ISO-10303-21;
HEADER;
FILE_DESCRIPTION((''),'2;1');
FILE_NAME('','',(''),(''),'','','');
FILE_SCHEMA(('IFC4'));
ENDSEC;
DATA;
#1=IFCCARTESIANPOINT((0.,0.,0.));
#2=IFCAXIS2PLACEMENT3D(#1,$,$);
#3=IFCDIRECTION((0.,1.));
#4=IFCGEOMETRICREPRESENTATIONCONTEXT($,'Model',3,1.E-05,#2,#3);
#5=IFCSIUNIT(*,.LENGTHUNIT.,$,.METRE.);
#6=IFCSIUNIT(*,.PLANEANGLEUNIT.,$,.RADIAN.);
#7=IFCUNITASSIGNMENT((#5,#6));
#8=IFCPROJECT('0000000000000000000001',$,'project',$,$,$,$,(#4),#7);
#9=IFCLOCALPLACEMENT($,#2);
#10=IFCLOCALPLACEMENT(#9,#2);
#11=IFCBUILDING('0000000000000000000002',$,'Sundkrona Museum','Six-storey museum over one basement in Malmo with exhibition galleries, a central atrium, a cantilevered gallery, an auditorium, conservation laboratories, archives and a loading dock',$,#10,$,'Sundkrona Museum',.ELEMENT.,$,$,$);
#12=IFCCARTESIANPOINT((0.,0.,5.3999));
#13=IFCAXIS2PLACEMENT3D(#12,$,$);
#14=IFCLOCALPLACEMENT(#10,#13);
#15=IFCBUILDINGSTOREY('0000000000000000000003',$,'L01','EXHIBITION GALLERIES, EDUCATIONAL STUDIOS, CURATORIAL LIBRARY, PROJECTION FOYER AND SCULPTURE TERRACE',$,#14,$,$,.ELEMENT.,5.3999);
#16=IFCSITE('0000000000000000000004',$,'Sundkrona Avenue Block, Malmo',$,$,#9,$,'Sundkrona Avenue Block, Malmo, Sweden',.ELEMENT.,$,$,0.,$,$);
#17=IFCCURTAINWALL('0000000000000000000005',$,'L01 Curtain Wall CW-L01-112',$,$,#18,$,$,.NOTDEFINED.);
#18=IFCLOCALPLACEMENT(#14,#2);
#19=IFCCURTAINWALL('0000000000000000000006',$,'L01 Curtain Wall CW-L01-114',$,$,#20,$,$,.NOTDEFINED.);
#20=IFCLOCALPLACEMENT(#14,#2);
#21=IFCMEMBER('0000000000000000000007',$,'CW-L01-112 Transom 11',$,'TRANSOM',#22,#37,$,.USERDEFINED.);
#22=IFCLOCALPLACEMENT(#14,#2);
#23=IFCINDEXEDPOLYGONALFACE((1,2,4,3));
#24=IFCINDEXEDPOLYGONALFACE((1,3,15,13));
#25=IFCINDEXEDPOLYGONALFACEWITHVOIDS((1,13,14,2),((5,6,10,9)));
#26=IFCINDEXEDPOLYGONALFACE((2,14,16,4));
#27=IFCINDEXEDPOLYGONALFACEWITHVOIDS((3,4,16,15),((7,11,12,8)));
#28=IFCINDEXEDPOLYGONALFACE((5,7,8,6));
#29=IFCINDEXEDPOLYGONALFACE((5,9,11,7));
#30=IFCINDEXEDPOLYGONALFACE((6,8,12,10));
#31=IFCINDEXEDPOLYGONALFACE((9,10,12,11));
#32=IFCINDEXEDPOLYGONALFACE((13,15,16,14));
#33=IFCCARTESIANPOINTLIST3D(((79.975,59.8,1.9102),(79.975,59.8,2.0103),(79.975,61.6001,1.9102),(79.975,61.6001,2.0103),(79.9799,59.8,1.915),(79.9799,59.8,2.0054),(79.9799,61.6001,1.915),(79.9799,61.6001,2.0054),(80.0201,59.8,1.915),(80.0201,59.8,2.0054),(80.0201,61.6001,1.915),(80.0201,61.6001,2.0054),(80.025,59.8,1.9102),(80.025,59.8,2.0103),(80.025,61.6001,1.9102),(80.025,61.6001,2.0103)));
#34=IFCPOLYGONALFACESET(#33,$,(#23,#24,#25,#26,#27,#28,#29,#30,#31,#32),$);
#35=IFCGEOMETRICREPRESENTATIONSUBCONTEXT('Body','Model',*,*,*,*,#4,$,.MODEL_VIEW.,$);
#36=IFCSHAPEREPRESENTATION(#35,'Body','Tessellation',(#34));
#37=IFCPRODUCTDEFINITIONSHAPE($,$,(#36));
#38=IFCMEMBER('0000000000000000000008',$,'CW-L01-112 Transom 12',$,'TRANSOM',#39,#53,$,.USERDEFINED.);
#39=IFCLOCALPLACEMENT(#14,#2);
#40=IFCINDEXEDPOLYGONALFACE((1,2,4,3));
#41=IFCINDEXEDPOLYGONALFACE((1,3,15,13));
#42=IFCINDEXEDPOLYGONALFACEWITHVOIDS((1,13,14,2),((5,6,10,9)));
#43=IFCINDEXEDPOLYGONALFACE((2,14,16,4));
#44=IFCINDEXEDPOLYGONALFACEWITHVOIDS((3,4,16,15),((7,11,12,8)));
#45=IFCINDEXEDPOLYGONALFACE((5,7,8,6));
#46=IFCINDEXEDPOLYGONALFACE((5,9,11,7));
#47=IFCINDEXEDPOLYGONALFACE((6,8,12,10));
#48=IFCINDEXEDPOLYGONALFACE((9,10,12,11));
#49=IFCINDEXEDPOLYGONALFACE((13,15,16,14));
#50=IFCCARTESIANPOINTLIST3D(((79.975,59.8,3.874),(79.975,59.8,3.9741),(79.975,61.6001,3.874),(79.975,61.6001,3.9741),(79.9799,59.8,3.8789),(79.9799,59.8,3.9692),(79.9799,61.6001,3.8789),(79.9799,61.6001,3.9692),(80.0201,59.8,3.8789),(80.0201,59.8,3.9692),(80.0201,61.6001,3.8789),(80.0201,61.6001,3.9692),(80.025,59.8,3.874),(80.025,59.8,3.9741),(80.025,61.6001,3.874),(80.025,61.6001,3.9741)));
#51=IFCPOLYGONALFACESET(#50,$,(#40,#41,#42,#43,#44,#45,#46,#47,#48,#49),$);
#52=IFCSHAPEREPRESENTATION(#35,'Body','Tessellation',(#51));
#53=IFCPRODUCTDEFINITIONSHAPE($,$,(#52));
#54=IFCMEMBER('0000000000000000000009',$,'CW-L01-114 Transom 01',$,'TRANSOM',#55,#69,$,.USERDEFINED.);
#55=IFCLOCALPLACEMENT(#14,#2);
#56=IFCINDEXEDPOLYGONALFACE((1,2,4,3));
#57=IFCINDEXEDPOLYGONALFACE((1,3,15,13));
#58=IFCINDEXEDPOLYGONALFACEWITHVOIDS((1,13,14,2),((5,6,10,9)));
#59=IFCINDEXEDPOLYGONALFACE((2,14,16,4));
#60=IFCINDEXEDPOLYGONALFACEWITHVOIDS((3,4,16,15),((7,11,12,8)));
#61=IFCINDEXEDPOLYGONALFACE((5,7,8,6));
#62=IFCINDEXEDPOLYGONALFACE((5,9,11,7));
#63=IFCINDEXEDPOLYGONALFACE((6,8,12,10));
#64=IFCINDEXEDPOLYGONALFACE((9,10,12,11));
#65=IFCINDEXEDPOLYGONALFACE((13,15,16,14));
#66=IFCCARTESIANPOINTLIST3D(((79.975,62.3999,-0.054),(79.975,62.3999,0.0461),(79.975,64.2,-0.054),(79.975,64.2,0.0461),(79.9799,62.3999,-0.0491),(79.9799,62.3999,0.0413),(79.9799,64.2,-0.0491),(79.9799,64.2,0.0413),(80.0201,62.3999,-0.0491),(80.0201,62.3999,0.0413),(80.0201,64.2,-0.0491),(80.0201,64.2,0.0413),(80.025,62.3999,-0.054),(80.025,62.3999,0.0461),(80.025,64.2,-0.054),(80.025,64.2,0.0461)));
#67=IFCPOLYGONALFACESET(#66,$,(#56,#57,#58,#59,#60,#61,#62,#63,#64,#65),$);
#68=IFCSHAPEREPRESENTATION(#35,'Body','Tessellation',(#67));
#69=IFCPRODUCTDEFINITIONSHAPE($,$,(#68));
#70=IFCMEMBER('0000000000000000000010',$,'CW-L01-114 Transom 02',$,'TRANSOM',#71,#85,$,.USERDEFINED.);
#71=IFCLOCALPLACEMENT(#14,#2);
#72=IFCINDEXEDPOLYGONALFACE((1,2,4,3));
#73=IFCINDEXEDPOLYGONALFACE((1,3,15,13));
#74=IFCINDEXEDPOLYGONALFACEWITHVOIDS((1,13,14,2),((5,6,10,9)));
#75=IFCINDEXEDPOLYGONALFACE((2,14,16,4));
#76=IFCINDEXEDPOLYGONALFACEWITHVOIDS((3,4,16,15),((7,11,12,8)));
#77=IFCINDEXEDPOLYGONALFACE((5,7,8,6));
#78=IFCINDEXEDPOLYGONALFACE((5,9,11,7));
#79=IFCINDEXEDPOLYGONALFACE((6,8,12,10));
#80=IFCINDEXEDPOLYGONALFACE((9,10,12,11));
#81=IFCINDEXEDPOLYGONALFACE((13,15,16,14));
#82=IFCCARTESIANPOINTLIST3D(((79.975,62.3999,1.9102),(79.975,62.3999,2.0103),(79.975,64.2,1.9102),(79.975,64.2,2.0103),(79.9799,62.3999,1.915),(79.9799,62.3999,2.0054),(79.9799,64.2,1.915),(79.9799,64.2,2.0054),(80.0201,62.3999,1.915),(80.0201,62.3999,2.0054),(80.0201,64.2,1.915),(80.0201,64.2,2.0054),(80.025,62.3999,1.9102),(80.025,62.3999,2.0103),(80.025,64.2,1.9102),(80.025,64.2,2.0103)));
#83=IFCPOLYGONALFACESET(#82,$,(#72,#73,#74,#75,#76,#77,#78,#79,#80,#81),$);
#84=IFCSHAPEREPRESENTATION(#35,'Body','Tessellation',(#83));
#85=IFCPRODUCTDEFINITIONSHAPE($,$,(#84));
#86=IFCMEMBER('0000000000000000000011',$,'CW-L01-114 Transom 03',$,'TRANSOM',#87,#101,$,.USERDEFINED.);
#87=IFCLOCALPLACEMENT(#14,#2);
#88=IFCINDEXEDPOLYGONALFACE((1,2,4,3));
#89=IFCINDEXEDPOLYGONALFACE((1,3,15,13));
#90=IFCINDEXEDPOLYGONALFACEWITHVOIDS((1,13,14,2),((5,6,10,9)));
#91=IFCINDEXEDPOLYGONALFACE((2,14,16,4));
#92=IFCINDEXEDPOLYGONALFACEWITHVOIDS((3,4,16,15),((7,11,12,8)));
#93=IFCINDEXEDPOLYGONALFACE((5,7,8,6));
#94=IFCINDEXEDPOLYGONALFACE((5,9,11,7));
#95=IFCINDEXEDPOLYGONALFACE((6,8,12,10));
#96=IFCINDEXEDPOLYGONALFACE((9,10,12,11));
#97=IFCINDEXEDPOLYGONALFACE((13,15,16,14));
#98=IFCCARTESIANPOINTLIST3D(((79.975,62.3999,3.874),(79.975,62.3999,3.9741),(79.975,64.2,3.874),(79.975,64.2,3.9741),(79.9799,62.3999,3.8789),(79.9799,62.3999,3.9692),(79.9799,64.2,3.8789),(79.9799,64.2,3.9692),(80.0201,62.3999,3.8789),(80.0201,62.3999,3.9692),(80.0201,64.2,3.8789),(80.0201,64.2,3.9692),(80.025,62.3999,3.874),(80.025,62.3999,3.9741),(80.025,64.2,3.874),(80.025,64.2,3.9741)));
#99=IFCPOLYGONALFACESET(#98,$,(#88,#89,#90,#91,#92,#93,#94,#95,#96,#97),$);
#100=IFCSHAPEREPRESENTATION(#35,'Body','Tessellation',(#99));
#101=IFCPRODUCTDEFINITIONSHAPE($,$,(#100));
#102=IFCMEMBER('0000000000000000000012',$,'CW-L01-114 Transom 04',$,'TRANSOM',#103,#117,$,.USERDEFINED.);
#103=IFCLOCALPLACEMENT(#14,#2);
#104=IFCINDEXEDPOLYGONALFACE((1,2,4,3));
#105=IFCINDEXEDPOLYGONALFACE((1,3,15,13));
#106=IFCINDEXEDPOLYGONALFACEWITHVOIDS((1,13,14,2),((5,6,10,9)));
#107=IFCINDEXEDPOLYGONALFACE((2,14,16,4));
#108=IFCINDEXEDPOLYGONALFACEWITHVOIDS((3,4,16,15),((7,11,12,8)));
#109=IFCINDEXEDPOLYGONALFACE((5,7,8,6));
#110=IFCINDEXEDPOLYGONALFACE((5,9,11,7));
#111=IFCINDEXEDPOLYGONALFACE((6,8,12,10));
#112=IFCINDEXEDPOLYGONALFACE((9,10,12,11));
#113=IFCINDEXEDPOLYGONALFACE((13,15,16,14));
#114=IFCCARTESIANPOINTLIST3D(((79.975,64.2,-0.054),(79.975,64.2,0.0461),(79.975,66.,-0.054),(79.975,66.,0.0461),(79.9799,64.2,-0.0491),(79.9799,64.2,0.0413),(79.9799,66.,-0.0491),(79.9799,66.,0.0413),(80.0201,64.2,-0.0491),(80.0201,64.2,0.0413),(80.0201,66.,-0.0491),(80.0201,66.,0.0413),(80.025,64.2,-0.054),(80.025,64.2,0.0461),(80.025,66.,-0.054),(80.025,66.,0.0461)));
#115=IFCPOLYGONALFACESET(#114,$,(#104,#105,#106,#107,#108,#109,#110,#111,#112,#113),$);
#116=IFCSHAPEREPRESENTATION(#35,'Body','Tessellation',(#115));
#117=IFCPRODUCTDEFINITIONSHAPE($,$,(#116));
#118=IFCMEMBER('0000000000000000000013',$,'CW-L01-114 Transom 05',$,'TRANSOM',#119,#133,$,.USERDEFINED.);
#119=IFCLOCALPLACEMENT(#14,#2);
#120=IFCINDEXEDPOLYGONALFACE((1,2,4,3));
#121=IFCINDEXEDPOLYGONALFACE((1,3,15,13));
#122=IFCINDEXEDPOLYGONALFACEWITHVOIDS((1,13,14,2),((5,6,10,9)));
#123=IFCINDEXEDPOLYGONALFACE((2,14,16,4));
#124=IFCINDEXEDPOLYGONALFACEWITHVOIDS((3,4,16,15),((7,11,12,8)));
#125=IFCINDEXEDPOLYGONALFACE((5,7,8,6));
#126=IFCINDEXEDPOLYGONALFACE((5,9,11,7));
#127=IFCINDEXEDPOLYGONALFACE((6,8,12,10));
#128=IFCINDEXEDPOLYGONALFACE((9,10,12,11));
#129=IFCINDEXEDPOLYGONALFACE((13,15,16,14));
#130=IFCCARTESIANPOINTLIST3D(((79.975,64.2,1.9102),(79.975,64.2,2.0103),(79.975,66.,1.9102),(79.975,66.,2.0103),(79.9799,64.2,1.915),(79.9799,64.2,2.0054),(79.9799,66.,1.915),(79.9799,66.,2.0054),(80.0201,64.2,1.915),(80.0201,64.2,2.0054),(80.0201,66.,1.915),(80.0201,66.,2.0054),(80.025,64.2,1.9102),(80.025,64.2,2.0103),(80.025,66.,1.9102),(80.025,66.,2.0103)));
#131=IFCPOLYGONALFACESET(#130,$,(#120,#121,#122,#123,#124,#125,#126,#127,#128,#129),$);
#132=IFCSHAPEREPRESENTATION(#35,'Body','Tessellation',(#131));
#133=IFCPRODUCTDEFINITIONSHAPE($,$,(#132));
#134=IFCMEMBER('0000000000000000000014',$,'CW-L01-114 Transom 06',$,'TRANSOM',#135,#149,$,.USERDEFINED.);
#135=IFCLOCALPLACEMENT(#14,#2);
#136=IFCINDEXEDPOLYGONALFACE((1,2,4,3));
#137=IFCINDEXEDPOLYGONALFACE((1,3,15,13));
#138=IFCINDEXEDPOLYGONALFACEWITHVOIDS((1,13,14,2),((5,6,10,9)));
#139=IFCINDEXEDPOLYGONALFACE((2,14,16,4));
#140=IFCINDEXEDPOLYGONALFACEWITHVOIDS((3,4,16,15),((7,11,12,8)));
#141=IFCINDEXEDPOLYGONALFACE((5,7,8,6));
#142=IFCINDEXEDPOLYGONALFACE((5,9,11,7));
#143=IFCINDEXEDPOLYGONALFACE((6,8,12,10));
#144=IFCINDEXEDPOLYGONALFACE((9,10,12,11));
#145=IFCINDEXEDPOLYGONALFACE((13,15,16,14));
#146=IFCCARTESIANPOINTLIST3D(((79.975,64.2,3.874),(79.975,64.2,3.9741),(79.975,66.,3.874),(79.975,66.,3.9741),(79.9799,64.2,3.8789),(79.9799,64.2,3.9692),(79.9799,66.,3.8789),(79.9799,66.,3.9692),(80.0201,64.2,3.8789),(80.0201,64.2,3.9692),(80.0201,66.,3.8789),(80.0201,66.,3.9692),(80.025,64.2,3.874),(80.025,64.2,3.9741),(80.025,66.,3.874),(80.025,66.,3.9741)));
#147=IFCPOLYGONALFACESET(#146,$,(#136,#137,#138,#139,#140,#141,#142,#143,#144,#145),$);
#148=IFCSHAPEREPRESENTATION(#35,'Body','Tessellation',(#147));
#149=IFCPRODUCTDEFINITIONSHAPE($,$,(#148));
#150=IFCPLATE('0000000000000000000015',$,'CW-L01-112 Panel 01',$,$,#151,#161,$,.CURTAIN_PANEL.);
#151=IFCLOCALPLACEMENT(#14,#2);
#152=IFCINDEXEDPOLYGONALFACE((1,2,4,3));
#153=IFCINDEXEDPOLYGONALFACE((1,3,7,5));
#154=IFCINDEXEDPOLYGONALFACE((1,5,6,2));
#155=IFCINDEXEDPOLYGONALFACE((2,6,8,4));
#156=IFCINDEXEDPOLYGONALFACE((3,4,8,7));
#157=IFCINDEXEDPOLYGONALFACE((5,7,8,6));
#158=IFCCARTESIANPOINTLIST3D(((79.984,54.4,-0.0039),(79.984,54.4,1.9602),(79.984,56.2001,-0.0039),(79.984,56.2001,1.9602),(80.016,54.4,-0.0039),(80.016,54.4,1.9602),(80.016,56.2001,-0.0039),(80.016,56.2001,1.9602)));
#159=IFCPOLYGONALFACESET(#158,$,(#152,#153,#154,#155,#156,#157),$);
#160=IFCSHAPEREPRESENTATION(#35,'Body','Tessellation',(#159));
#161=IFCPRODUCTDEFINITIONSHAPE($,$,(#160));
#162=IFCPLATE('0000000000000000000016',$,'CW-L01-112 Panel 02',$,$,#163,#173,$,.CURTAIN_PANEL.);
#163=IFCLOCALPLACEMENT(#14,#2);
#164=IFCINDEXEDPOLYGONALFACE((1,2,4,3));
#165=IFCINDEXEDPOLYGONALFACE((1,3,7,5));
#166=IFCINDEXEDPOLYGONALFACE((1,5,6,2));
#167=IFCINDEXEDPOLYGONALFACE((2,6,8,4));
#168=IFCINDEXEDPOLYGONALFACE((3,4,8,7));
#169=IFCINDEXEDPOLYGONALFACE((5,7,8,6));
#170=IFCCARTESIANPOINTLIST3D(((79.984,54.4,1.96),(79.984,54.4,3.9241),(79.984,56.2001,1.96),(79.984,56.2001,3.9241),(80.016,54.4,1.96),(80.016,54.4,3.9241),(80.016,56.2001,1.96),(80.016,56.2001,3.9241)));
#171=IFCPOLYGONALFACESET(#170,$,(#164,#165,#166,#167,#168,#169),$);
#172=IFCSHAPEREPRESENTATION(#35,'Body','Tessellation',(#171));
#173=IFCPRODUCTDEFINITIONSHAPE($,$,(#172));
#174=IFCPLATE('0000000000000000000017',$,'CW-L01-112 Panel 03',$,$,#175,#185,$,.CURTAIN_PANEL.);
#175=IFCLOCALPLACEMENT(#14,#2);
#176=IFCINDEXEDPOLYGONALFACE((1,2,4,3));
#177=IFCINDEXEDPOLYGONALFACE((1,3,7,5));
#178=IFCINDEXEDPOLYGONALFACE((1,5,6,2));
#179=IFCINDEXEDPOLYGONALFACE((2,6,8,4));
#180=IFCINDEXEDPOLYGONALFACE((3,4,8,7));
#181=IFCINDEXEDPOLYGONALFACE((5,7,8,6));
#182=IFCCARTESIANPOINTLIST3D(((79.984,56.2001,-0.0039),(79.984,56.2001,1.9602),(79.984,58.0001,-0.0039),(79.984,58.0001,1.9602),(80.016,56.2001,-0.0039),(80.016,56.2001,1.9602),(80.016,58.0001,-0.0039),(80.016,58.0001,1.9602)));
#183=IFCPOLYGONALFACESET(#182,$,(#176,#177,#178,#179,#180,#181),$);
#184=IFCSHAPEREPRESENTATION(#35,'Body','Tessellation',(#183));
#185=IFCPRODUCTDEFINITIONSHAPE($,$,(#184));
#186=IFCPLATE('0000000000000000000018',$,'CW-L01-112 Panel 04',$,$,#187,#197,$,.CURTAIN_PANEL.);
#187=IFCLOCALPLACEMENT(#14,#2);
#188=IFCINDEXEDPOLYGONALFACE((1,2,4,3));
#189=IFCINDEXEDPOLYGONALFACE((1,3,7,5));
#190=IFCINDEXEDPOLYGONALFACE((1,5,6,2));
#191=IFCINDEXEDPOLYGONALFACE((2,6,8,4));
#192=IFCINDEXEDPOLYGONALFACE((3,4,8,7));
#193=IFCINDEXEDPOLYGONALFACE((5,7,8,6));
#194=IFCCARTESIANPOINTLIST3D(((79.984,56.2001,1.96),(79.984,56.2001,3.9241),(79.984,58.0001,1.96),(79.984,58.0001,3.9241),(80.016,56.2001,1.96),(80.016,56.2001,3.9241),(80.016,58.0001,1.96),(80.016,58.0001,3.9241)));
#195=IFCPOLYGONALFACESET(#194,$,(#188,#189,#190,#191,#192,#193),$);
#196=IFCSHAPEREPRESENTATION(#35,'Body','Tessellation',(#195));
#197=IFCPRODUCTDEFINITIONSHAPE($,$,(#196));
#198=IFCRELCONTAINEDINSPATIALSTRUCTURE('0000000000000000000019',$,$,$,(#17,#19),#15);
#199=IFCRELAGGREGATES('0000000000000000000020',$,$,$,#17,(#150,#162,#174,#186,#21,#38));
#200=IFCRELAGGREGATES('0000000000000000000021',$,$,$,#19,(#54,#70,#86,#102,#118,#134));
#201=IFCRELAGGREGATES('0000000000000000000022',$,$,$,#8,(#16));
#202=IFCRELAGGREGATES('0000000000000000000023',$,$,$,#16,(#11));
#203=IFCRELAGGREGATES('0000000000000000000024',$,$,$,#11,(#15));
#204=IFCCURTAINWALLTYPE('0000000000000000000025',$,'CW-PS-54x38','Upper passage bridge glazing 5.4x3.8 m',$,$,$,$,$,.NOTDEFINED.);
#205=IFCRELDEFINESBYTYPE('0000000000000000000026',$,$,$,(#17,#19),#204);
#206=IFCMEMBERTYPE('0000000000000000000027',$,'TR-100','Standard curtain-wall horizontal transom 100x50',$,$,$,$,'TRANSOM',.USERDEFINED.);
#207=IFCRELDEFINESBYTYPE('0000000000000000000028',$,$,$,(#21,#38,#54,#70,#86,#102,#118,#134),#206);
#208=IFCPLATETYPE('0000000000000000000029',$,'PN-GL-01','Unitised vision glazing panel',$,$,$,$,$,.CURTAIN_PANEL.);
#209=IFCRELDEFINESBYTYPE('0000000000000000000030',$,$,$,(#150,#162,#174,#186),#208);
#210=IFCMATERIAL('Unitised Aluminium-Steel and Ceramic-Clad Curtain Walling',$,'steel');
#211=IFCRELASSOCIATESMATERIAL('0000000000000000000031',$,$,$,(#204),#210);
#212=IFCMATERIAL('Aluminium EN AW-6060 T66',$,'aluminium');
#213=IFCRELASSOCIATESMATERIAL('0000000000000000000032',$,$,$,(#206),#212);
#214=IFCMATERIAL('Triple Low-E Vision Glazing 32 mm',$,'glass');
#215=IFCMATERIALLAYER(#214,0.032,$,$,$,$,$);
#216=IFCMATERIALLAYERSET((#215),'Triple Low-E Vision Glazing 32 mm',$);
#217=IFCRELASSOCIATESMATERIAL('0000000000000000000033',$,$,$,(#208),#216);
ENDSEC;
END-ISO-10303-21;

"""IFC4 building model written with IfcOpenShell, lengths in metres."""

from ifc_helpers import new_model, si_unit, direction, frame, origin, origin_2d, place, context, subcontext, project, spatial, rectangle, hollow_rectangle, extrude, material, layer, layer_set, material_profile, profile_set, type_object, element, aggregate, save


model = new_model("IFC4")

# Units and contexts
model_context = context("Model", 3, precision=1e-05, world=origin(), true_north=direction((0.0, 1.0)))
body_context = subcontext(model_context, "Body", "Model", "MODEL_VIEW")
ifc_project = project(units=[si_unit("LENGTHUNIT", "METRE"), si_unit("PLANEANGLEUNIT", "RADIAN")], contexts=[model_context])

# Site, building, storey
site_placement = place(None, origin())
site = spatial("IfcSite", under=ifc_project, at=site_placement, Name="Sundkrona Avenue Block, Malmo", LongName="Sundkrona Avenue Block, Malmo, Sweden", CompositionType="ELEMENT", RefElevation=0.0)
building_placement = place(site_placement, origin())
building = spatial("IfcBuilding", under=site, at=building_placement, Name="Sundkrona Museum", Description="Six-storey museum over one basement in Malmo with exhibition galleries, a central atrium, a cantilevered gallery, an auditorium, conservation laboratories, archives and a loading dock", LongName="Sundkrona Museum", CompositionType="ELEMENT")
storey_placement = place(building_placement, frame((0.0, 0.0, 5.3999)))
storey = spatial("IfcBuildingStorey", under=building, at=storey_placement, Name="L01", Description="EXHIBITION GALLERIES, EDUCATIONAL STUDIOS, CURATORIAL LIBRARY, PROJECTION FOYER AND SCULPTURE TERRACE", CompositionType="ELEMENT", Elevation=5.3999)

# Curtain walls
ifc_material_1 = material(Name="Unitised Aluminium-Steel and Ceramic-Clad Curtain Walling", Category="steel")
curtain_wall_type = type_object("IfcCurtainWallType", Name="CW-PS-54x38", Description="Upper passage bridge glazing 5.4x3.8 m", PredefinedType="NOTDEFINED", material=ifc_material_1)
curtain_wall_1_placement = place(storey_placement, origin())
curtain_wall_1 = element("IfcCurtainWall", 1, at=curtain_wall_1_placement, inside=storey, type_object=curtain_wall_type, Name="L01 Curtain Wall CW-L01-112", PredefinedType="NOTDEFINED")
ifc_material_2 = material(Name="Aluminium EN AW-6060 T66", Category="aluminium")
curtain_wall_2_placement = place(storey_placement, origin())
curtain_wall_2 = element("IfcCurtainWall", 2, at=curtain_wall_2_placement, inside=storey, type_object=curtain_wall_type, Name="L01 Curtain Wall CW-L01-114", PredefinedType="NOTDEFINED")

# Members
ifc_material_profile_1 = material_profile(ifc_material_2, hollow_rectangle(XDim=0.05, YDim=0.1001, WallThickness=0.0049, at=origin_2d()), Name="RHS 100x50x5.0")
ifc_profile_set_1 = profile_set([ifc_material_profile_1], Name="Aluminium EN AW-6060 T66")
member_type_1 = type_object("IfcMemberType", Name="TR-100", Description="Standard curtain-wall horizontal transom 100x50", ElementType="TRANSOM", PredefinedType="USERDEFINED", material=ifc_profile_set_1)
member_1_placement = place(storey_placement, frame((80.0, 59.8, 1.9602), z_axis=(0.0, 1.0, 0.0), x_axis=(-1.0, 0.0, 0.0)))
member_1 = element("IfcMember", 3, at=member_1_placement, type_object=member_type_1, Name="CW-L01-112 Transom 11", ObjectType="TRANSOM", PredefinedType="USERDEFINED", context=body_context, shape_type="SweptSolid", body=[
    extrude(hollow_rectangle(XDim=0.05, YDim=0.1001, WallThickness=0.0049, at=origin_2d()), origin(), (0.0, 0.0, 1.0), 1.8),
])
member_2_placement = place(storey_placement, frame((80.0, 59.8, 3.9241), z_axis=(0.0, 1.0, 0.0), x_axis=(-1.0, 0.0, 0.0)))
member_2 = element("IfcMember", 4, at=member_2_placement, type_object=member_type_1, Name="CW-L01-112 Transom 12", ObjectType="TRANSOM", PredefinedType="USERDEFINED", context=body_context, shape_type="SweptSolid", body=[
    extrude(hollow_rectangle(XDim=0.05, YDim=0.1001, WallThickness=0.0049, at=origin_2d()), origin(), (0.0, 0.0, 1.0), 1.8),
])
member_3_placement = place(storey_placement, frame((80.0, 62.3999, -0.0039), z_axis=(0.0, 1.0, 0.0), x_axis=(-1.0, 0.0, 0.0)))
member_3 = element("IfcMember", 5, at=member_3_placement, type_object=member_type_1, Name="CW-L01-114 Transom 01", ObjectType="TRANSOM", PredefinedType="USERDEFINED", context=body_context, shape_type="SweptSolid", body=[
    extrude(hollow_rectangle(XDim=0.05, YDim=0.1001, WallThickness=0.0049, at=origin_2d()), origin(), (0.0, 0.0, 1.0), 1.8),
])
member_4_placement = place(storey_placement, frame((80.0, 62.3999, 1.9602), z_axis=(0.0, 1.0, 0.0), x_axis=(-1.0, 0.0, 0.0)))
member_4 = element("IfcMember", 6, at=member_4_placement, type_object=member_type_1, Name="CW-L01-114 Transom 02", ObjectType="TRANSOM", PredefinedType="USERDEFINED", context=body_context, shape_type="SweptSolid", body=[
    extrude(hollow_rectangle(XDim=0.05, YDim=0.1001, WallThickness=0.0049, at=origin_2d()), origin(), (0.0, 0.0, 1.0), 1.8),
])
member_5_placement = place(storey_placement, frame((80.0, 62.3999, 3.9241), z_axis=(0.0, 1.0, 0.0), x_axis=(-1.0, 0.0, 0.0)))
member_5 = element("IfcMember", 7, at=member_5_placement, type_object=member_type_1, Name="CW-L01-114 Transom 03", ObjectType="TRANSOM", PredefinedType="USERDEFINED", context=body_context, shape_type="SweptSolid", body=[
    extrude(hollow_rectangle(XDim=0.05, YDim=0.1001, WallThickness=0.0049, at=origin_2d()), origin(), (0.0, 0.0, 1.0), 1.8),
])
member_6_placement = place(storey_placement, frame((80.0, 64.2, -0.0039), z_axis=(0.0, 1.0, 0.0), x_axis=(-1.0, 0.0, 0.0)))
member_6 = element("IfcMember", 8, at=member_6_placement, type_object=member_type_1, Name="CW-L01-114 Transom 04", ObjectType="TRANSOM", PredefinedType="USERDEFINED", context=body_context, shape_type="SweptSolid", body=[
    extrude(hollow_rectangle(XDim=0.05, YDim=0.1001, WallThickness=0.0049, at=origin_2d()), origin(), (0.0, 0.0, 1.0), 1.8),
])
member_7_placement = place(storey_placement, frame((80.0, 64.2, 1.9602), z_axis=(0.0, 1.0, 0.0), x_axis=(-1.0, 0.0, 0.0)))
member_7 = element("IfcMember", 9, at=member_7_placement, type_object=member_type_1, Name="CW-L01-114 Transom 05", ObjectType="TRANSOM", PredefinedType="USERDEFINED", context=body_context, shape_type="SweptSolid", body=[
    extrude(hollow_rectangle(XDim=0.05, YDim=0.1001, WallThickness=0.0049, at=origin_2d()), origin(), (0.0, 0.0, 1.0), 1.8),
])
member_8_placement = place(storey_placement, frame((80.0, 64.2, 3.9241), z_axis=(0.0, 1.0, 0.0), x_axis=(-1.0, 0.0, 0.0)))
member_8 = element("IfcMember", 10, at=member_8_placement, type_object=member_type_1, Name="CW-L01-114 Transom 06", ObjectType="TRANSOM", PredefinedType="USERDEFINED", context=body_context, shape_type="SweptSolid", body=[
    extrude(hollow_rectangle(XDim=0.05, YDim=0.1001, WallThickness=0.0049, at=origin_2d()), origin(), (0.0, 0.0, 1.0), 1.8),
])

# Plates
ifc_material_3 = material(Name="Triple Low-E Vision Glazing 32 mm", Category="glass")
ifc_layer = layer(ifc_material_3, 0.032)
ifc_layer_set = layer_set([ifc_layer], Name="Triple Low-E Vision Glazing 32 mm")
plate_type = type_object("IfcPlateType", Name="PN-GL-01", Description="Unitised vision glazing panel", PredefinedType="CURTAIN_PANEL", material=ifc_layer_set)
plate_1_placement = place(storey_placement, frame((80.0, 55.3, -0.0039), z_axis=(0.0, 0.0, 1.0), x_axis=(0.0, 1.0, 0.0)))
plate_1 = element("IfcPlate", 11, at=plate_1_placement, type_object=plate_type, Name="CW-L01-112 Panel 01", PredefinedType="CURTAIN_PANEL", context=body_context, shape_type="SweptSolid", body=[
    extrude(rectangle(XDim=1.8, YDim=0.032, at=origin_2d()), origin(), (0.0, 0.0, 1.0), 1.9641),
])
plate_2_placement = place(storey_placement, frame((80.0, 55.3, 1.96), z_axis=(0.0, 0.0, 1.0), x_axis=(0.0, 1.0, 0.0)))
plate_2 = element("IfcPlate", 12, at=plate_2_placement, type_object=plate_type, Name="CW-L01-112 Panel 02", PredefinedType="CURTAIN_PANEL", context=body_context, shape_type="SweptSolid", body=[
    extrude(rectangle(XDim=1.8, YDim=0.032, at=origin_2d()), origin(), (0.0, 0.0, 1.0), 1.9641),
])
plate_3_placement = place(storey_placement, frame((80.0, 57.1001, -0.0039), z_axis=(0.0, 0.0, 1.0), x_axis=(0.0, 1.0, 0.0)))
plate_3 = element("IfcPlate", 13, at=plate_3_placement, type_object=plate_type, Name="CW-L01-112 Panel 03", PredefinedType="CURTAIN_PANEL", context=body_context, shape_type="SweptSolid", body=[
    extrude(rectangle(XDim=1.8, YDim=0.032, at=origin_2d()), origin(), (0.0, 0.0, 1.0), 1.9641),
])
plate_4_placement = place(storey_placement, frame((80.0, 57.1001, 1.96), z_axis=(0.0, 0.0, 1.0), x_axis=(0.0, 1.0, 0.0)))
plate_4 = element("IfcPlate", 14, at=plate_4_placement, type_object=plate_type, Name="CW-L01-112 Panel 04", PredefinedType="CURTAIN_PANEL", context=body_context, shape_type="SweptSolid", body=[
    extrude(rectangle(XDim=1.8, YDim=0.032, at=origin_2d()), origin(), (0.0, 0.0, 1.0), 1.9641),
])
aggregate(curtain_wall_1, [plate_1, plate_2, plate_3, plate_4, member_1, member_2])
aggregate(curtain_wall_2, [member_3, member_4, member_5, member_6, member_7, member_8])

save(model, "model.ifc")
